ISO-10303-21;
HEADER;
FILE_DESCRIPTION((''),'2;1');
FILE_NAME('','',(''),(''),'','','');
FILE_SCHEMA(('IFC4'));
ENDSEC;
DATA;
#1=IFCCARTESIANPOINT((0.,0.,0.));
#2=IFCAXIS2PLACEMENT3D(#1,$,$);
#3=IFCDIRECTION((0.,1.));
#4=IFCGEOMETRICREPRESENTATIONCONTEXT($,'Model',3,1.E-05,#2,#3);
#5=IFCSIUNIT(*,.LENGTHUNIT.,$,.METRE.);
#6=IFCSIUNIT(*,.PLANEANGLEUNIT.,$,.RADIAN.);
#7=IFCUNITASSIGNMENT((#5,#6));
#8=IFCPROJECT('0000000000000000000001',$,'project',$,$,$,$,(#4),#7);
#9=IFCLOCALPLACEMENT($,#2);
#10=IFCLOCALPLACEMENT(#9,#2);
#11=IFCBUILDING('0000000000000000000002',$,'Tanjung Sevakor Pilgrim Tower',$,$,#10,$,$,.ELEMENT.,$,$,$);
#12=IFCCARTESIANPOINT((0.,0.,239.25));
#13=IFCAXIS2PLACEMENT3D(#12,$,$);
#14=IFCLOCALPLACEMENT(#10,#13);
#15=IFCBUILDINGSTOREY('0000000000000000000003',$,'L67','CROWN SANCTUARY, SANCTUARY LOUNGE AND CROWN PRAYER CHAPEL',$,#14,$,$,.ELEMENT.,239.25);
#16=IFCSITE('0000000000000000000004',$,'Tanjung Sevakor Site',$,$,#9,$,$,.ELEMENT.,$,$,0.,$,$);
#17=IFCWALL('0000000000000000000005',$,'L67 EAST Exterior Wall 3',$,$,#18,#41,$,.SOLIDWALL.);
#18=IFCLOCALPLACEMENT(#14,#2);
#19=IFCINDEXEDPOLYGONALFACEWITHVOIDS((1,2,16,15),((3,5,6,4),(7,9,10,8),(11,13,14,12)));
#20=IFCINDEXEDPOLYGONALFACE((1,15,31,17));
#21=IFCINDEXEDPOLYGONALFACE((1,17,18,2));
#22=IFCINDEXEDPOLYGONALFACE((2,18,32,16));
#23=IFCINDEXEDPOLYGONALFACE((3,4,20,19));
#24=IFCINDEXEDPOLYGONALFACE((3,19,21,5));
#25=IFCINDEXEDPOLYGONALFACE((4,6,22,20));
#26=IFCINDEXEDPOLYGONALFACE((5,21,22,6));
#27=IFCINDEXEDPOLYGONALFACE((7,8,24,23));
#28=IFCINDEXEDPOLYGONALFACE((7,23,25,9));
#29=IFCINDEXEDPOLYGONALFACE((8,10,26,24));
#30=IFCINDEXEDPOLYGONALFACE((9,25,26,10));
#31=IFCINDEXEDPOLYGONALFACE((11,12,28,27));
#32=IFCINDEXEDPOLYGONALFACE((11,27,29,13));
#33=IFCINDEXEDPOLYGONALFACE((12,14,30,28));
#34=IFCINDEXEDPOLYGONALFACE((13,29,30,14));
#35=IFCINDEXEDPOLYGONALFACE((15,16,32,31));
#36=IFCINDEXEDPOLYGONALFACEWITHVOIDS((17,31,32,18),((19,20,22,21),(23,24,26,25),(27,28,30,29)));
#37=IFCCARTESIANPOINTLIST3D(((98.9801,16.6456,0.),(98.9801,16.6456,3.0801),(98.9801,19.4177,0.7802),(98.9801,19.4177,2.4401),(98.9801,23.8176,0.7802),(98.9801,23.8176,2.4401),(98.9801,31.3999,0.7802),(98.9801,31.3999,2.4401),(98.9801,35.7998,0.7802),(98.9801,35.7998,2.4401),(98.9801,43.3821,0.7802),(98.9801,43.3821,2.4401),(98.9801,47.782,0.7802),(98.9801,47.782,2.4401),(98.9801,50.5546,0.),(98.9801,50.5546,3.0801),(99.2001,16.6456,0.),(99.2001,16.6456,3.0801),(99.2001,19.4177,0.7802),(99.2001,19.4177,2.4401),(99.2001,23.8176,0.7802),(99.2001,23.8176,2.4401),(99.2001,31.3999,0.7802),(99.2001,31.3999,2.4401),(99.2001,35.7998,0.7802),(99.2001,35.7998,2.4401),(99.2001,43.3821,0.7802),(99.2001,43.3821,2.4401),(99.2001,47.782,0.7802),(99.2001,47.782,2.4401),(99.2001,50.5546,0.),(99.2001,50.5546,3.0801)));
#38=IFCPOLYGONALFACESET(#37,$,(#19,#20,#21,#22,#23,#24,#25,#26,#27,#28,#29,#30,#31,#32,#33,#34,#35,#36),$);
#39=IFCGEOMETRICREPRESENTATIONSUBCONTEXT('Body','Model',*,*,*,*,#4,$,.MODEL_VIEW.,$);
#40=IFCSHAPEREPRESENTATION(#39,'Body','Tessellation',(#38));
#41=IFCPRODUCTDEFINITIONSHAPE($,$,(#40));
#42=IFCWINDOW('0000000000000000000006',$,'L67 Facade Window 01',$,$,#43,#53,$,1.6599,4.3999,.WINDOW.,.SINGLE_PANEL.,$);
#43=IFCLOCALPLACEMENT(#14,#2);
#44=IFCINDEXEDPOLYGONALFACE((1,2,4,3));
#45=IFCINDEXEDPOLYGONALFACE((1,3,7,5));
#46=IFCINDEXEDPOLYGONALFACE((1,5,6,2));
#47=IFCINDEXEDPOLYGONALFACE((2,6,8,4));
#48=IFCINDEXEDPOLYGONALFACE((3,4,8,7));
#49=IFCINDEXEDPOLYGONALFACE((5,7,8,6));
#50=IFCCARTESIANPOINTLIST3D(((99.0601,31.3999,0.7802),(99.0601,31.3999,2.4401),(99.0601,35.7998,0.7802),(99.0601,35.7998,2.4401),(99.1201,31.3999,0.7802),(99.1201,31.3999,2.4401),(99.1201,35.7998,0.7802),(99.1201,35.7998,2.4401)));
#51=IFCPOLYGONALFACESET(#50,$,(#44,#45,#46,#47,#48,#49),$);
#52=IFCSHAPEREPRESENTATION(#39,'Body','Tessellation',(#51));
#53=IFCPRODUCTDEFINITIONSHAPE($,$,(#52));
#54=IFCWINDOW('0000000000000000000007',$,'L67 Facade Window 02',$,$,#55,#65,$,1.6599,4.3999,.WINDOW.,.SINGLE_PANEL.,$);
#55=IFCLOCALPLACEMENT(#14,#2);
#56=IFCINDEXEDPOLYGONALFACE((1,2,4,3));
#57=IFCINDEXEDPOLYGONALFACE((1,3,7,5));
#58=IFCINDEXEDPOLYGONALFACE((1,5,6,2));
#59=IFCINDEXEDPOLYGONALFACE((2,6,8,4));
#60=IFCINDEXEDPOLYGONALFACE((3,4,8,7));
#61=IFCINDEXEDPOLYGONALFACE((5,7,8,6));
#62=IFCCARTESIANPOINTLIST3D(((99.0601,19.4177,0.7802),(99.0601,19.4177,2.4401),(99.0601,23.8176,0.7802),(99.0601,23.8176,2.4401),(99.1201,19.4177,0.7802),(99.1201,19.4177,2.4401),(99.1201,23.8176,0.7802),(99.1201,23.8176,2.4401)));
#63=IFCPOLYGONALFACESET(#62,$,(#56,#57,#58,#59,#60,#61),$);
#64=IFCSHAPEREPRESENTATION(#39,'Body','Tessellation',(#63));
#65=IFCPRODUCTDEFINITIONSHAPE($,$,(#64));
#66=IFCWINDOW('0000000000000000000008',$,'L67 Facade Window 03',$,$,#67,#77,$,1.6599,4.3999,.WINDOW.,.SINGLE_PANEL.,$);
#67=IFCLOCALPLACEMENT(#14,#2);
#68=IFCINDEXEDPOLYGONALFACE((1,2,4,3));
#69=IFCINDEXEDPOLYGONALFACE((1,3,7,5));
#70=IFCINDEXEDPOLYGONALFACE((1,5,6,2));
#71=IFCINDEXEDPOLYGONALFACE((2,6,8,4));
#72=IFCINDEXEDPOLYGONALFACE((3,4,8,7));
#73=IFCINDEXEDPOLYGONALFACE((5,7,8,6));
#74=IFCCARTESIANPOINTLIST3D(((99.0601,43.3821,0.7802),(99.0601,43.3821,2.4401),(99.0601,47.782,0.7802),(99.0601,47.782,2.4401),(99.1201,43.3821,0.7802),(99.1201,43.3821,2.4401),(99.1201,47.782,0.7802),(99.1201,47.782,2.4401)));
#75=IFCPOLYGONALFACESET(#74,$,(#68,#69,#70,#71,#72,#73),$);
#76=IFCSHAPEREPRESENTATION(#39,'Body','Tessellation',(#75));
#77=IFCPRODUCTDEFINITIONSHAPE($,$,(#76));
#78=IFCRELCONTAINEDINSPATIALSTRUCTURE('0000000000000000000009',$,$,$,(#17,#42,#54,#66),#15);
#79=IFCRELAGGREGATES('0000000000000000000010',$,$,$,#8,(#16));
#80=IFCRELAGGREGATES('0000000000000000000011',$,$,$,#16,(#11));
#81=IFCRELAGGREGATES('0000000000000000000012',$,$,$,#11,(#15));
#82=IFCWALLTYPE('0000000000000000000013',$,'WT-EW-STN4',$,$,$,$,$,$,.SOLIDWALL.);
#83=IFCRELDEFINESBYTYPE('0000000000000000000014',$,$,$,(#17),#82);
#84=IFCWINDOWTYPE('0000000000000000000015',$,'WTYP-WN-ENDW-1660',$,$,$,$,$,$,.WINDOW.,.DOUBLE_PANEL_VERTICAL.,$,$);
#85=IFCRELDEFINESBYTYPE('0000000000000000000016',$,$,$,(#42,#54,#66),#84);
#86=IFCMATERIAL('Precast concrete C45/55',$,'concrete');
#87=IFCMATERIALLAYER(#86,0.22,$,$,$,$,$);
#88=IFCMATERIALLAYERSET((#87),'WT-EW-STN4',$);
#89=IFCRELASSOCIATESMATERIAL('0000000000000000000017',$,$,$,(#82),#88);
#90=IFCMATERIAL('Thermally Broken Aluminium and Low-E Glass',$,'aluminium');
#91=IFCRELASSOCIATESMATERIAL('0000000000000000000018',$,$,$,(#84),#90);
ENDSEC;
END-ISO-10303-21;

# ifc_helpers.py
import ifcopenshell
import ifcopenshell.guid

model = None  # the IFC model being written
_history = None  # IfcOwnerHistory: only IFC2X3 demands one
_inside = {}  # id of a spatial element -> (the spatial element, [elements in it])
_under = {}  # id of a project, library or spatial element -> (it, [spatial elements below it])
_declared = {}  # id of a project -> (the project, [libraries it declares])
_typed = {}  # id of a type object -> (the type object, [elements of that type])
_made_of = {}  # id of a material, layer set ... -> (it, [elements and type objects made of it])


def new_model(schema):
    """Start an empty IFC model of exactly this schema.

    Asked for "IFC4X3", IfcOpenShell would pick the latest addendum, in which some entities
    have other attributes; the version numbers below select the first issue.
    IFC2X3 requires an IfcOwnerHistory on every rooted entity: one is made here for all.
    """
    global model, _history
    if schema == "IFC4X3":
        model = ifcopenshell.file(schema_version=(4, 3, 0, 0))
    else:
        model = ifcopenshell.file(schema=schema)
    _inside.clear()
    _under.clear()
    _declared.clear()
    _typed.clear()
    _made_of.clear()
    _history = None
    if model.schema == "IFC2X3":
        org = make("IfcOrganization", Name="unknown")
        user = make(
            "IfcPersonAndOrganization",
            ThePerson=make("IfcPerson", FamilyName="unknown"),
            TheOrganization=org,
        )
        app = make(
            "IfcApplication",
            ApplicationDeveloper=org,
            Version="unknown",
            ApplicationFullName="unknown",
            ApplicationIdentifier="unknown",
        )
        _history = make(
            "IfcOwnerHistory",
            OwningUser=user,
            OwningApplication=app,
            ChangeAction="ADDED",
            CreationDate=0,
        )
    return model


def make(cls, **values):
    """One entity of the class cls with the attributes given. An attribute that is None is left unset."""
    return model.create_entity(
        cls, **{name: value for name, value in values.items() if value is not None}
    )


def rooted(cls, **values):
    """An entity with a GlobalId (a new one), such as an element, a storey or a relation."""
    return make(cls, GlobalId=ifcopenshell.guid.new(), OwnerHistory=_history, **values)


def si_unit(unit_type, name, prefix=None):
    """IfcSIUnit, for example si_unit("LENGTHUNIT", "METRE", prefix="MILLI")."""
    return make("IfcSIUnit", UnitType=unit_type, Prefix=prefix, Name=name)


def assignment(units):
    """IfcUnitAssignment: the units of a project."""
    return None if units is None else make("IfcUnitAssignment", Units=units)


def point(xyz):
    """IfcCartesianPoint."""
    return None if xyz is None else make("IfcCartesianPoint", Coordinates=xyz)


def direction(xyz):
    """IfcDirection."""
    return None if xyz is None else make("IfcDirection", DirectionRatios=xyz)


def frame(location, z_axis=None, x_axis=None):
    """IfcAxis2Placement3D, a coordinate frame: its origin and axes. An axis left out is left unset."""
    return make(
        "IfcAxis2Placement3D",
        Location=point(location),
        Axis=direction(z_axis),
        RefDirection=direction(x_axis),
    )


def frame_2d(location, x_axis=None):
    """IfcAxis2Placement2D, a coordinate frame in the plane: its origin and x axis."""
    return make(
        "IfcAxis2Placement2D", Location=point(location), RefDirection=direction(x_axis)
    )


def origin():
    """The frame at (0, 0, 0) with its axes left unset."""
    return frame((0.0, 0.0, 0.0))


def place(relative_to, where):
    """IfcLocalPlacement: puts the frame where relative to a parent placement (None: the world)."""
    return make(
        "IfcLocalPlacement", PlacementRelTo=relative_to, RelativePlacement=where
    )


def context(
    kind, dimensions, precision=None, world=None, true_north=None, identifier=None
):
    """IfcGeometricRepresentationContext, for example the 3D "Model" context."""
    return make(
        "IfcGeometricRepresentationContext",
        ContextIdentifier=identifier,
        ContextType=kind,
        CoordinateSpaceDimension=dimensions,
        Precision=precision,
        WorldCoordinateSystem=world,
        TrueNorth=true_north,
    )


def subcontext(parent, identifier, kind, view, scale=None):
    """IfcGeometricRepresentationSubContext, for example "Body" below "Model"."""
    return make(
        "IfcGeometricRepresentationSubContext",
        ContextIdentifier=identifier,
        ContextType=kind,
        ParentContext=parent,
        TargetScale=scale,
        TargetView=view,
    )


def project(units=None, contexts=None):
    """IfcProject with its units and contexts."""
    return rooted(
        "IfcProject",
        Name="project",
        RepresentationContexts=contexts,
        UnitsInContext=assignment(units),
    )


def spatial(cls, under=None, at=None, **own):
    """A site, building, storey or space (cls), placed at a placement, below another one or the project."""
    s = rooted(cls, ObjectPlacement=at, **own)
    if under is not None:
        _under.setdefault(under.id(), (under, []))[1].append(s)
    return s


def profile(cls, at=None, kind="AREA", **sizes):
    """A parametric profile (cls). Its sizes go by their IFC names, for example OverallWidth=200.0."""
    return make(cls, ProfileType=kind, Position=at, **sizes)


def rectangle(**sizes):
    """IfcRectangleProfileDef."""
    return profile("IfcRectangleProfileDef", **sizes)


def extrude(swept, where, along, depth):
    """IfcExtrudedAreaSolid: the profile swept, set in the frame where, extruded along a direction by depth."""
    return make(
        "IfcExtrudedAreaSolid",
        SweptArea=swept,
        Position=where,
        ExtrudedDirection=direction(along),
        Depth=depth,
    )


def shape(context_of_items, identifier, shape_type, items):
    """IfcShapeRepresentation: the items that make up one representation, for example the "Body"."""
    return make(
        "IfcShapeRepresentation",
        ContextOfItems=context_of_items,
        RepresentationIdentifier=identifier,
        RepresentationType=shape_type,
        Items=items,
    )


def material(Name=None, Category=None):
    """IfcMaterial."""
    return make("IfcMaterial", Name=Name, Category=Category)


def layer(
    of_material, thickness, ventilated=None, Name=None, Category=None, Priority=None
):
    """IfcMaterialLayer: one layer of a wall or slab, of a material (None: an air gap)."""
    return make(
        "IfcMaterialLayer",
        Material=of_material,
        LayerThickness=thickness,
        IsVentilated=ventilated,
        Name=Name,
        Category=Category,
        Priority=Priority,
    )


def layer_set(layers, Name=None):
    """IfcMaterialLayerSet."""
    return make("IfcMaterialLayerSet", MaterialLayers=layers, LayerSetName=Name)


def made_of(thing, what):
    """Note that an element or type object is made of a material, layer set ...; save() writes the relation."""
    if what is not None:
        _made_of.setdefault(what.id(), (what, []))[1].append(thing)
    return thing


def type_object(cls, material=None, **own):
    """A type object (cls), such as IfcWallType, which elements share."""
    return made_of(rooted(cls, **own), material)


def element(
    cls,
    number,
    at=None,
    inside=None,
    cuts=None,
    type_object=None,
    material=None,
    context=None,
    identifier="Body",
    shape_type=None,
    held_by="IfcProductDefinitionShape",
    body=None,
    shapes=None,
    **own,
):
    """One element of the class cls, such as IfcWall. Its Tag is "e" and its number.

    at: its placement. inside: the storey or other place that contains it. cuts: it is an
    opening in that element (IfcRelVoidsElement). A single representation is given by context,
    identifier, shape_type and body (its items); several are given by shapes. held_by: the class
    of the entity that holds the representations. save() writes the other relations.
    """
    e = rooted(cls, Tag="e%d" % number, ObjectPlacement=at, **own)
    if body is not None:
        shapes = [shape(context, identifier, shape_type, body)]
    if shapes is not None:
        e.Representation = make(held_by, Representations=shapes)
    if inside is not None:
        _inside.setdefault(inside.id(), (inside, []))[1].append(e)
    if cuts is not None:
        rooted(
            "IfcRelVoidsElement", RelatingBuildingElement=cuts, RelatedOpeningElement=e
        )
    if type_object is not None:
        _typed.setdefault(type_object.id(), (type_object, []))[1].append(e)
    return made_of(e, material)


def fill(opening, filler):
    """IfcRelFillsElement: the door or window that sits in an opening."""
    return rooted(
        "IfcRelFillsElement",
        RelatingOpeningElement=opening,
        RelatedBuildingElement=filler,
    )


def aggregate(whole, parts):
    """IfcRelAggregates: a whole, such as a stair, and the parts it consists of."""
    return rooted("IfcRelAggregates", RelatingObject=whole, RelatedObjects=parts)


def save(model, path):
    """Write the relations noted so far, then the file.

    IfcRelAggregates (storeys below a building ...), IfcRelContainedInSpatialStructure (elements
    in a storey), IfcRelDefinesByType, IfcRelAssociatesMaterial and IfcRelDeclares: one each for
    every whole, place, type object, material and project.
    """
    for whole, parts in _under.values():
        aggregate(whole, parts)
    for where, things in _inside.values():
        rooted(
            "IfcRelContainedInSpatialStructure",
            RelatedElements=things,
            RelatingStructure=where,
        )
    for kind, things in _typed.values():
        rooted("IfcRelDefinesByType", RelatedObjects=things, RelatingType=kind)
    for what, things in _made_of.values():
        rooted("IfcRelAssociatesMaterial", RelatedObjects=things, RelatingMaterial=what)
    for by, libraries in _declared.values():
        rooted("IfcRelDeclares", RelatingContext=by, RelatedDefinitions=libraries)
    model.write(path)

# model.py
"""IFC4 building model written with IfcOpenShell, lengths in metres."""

from ifc_helpers import new_model, si_unit, direction, frame, frame_2d, origin, place, context, subcontext, project, spatial, rectangle, extrude, material, layer, layer_set, type_object, element, fill, save


model = new_model("IFC4")

# Units and contexts
model_context = context("Model", 3, precision=1e-05, world=origin(), true_north=direction((0.0, 1.0)))
body_context = subcontext(model_context, "Body", "Model", "MODEL_VIEW")
ifc_project = project(units=[si_unit("LENGTHUNIT", "METRE"), si_unit("PLANEANGLEUNIT", "RADIAN")], contexts=[model_context])

# Site, building, storey
site_placement = place(None, origin())
site = spatial("IfcSite", under=ifc_project, at=site_placement, Name="Tanjung Sevakor Site", CompositionType="ELEMENT", RefElevation=0.0)
building_placement = place(site_placement, origin())
building = spatial("IfcBuilding", under=site, at=building_placement, Name="Tanjung Sevakor Pilgrim Tower", CompositionType="ELEMENT")
storey_placement = place(building_placement, frame((0.0, 0.0, 239.25)))
storey = spatial("IfcBuildingStorey", under=building, at=storey_placement, Name="L67", Description="CROWN SANCTUARY, SANCTUARY LOUNGE AND CROWN PRAYER CHAPEL", CompositionType="ELEMENT", Elevation=239.25)

# Wall, openings, windows
ifc_material_1 = material(Name="Precast concrete C45/55", Category="concrete")
ifc_layer_1 = layer(ifc_material_1, 0.22)
ifc_layer_set_1 = layer_set([ifc_layer_1], Name="WT-EW-STN4")
wall_type_1 = type_object("IfcWallType", Name="WT-EW-STN4", PredefinedType="SOLIDWALL", material=ifc_layer_set_1)
wall_1_placement = place(storey_placement, frame((99.0901, 16.6455, 0.0), z_axis=(0.0, 0.0, 1.0), x_axis=(0.0, 1.0, 0.0)))
wall_1 = element("IfcWall", 1, at=wall_1_placement, inside=storey, type_object=wall_type_1, Name="L67 EAST Exterior Wall 3", PredefinedType="SOLIDWALL", context=body_context, shape_type="SweptSolid", body=[
    extrude(rectangle(XDim=33.9089, YDim=0.22, at=frame_2d((16.9546, 0.0))), origin(), (0.0, 0.0, 1.0), 3.0801),
])
opening_1_placement = place(wall_1_placement, frame((14.7544, 0.0, 0.78)))
opening_1 = element("IfcOpeningElement", 2, at=opening_1_placement, cuts=wall_1, PredefinedType="OPENING", context=body_context, shape_type="SweptSolid", body=[
    extrude(rectangle(XDim=4.3999, YDim=1.6599, at=frame_2d((2.2, 0.8301))), frame((0.0, 0.1199, 0.0), z_axis=(0.0, -1.0, 0.0), x_axis=(1.0, 0.0, 0.0)), (0.0, 0.0, 1.0), 0.24),
])
opening_2_placement = place(wall_1_placement, frame((2.7722, 0.0, 0.78)))
opening_2 = element("IfcOpeningElement", 3, at=opening_2_placement, cuts=wall_1, PredefinedType="OPENING", context=body_context, shape_type="SweptSolid", body=[
    extrude(rectangle(XDim=4.3999, YDim=1.6599, at=frame_2d((2.2, 0.8301))), frame((0.0, 0.1199, 0.0), z_axis=(0.0, -1.0, 0.0), x_axis=(1.0, 0.0, 0.0)), (0.0, 0.0, 1.0), 0.24),
])
opening_3_placement = place(wall_1_placement, frame((26.7366, 0.0, 0.78)))
opening_3 = element("IfcOpeningElement", 4, at=opening_3_placement, cuts=wall_1, PredefinedType="OPENING", context=body_context, shape_type="SweptSolid", body=[
    extrude(rectangle(XDim=4.3999, YDim=1.6599, at=frame_2d((2.2, 0.8301))), frame((0.0, 0.1199, 0.0), z_axis=(0.0, -1.0, 0.0), x_axis=(1.0, 0.0, 0.0)), (0.0, 0.0, 1.0), 0.24),
])
ifc_material_2 = material(Name="Thermally Broken Aluminium and Low-E Glass", Category="aluminium")
window_type = type_object("IfcWindowType", Name="WTYP-WN-ENDW-1660", PartitioningType="DOUBLE_PANEL_VERTICAL", PredefinedType="WINDOW", material=ifc_material_2)
window_1_placement = place(opening_1_placement, origin())
window_1 = element("IfcWindow", 5, at=window_1_placement, inside=storey, type_object=window_type, Name="L67 Facade Window 01", OverallHeight=1.6599, OverallWidth=4.3999, PartitioningType="SINGLE_PANEL", PredefinedType="WINDOW", context=body_context, shape_type="SweptSolid", body=[
    extrude(rectangle(XDim=4.3999, YDim=1.6599, at=frame_2d((2.2, 0.8301))), frame((0.0, 0.03, 0.0), z_axis=(0.0, -1.0, 0.0), x_axis=(1.0, 0.0, 0.0)), (0.0, 0.0, 1.0), 0.0601),
])
fill(opening_1, window_1)
window_2_placement = place(opening_2_placement, origin())
window_2 = element("IfcWindow", 6, at=window_2_placement, inside=storey, type_object=window_type, Name="L67 Facade Window 02", OverallHeight=1.6599, OverallWidth=4.3999, PartitioningType="SINGLE_PANEL", PredefinedType="WINDOW", context=body_context, shape_type="SweptSolid", body=[
    extrude(rectangle(XDim=4.3999, YDim=1.6599, at=frame_2d((2.2, 0.8301))), frame((0.0, 0.03, 0.0), z_axis=(0.0, -1.0, 0.0), x_axis=(1.0, 0.0, 0.0)), (0.0, 0.0, 1.0), 0.0601),
])
fill(opening_2, window_2)
window_3_placement = place(opening_3_placement, origin())
window_3 = element("IfcWindow", 7, at=window_3_placement, inside=storey, type_object=window_type, Name="L67 Facade Window 03", OverallHeight=1.6599, OverallWidth=4.3999, PartitioningType="SINGLE_PANEL", PredefinedType="WINDOW", context=body_context, shape_type="SweptSolid", body=[
    extrude(rectangle(XDim=4.3999, YDim=1.6599, at=frame_2d((2.2, 0.8301))), frame((0.0, 0.03, 0.0), z_axis=(0.0, -1.0, 0.0), x_axis=(1.0, 0.0, 0.0)), (0.0, 0.0, 1.0), 0.0601),
])
fill(opening_3, window_3)

save(model, "model.ifc")
